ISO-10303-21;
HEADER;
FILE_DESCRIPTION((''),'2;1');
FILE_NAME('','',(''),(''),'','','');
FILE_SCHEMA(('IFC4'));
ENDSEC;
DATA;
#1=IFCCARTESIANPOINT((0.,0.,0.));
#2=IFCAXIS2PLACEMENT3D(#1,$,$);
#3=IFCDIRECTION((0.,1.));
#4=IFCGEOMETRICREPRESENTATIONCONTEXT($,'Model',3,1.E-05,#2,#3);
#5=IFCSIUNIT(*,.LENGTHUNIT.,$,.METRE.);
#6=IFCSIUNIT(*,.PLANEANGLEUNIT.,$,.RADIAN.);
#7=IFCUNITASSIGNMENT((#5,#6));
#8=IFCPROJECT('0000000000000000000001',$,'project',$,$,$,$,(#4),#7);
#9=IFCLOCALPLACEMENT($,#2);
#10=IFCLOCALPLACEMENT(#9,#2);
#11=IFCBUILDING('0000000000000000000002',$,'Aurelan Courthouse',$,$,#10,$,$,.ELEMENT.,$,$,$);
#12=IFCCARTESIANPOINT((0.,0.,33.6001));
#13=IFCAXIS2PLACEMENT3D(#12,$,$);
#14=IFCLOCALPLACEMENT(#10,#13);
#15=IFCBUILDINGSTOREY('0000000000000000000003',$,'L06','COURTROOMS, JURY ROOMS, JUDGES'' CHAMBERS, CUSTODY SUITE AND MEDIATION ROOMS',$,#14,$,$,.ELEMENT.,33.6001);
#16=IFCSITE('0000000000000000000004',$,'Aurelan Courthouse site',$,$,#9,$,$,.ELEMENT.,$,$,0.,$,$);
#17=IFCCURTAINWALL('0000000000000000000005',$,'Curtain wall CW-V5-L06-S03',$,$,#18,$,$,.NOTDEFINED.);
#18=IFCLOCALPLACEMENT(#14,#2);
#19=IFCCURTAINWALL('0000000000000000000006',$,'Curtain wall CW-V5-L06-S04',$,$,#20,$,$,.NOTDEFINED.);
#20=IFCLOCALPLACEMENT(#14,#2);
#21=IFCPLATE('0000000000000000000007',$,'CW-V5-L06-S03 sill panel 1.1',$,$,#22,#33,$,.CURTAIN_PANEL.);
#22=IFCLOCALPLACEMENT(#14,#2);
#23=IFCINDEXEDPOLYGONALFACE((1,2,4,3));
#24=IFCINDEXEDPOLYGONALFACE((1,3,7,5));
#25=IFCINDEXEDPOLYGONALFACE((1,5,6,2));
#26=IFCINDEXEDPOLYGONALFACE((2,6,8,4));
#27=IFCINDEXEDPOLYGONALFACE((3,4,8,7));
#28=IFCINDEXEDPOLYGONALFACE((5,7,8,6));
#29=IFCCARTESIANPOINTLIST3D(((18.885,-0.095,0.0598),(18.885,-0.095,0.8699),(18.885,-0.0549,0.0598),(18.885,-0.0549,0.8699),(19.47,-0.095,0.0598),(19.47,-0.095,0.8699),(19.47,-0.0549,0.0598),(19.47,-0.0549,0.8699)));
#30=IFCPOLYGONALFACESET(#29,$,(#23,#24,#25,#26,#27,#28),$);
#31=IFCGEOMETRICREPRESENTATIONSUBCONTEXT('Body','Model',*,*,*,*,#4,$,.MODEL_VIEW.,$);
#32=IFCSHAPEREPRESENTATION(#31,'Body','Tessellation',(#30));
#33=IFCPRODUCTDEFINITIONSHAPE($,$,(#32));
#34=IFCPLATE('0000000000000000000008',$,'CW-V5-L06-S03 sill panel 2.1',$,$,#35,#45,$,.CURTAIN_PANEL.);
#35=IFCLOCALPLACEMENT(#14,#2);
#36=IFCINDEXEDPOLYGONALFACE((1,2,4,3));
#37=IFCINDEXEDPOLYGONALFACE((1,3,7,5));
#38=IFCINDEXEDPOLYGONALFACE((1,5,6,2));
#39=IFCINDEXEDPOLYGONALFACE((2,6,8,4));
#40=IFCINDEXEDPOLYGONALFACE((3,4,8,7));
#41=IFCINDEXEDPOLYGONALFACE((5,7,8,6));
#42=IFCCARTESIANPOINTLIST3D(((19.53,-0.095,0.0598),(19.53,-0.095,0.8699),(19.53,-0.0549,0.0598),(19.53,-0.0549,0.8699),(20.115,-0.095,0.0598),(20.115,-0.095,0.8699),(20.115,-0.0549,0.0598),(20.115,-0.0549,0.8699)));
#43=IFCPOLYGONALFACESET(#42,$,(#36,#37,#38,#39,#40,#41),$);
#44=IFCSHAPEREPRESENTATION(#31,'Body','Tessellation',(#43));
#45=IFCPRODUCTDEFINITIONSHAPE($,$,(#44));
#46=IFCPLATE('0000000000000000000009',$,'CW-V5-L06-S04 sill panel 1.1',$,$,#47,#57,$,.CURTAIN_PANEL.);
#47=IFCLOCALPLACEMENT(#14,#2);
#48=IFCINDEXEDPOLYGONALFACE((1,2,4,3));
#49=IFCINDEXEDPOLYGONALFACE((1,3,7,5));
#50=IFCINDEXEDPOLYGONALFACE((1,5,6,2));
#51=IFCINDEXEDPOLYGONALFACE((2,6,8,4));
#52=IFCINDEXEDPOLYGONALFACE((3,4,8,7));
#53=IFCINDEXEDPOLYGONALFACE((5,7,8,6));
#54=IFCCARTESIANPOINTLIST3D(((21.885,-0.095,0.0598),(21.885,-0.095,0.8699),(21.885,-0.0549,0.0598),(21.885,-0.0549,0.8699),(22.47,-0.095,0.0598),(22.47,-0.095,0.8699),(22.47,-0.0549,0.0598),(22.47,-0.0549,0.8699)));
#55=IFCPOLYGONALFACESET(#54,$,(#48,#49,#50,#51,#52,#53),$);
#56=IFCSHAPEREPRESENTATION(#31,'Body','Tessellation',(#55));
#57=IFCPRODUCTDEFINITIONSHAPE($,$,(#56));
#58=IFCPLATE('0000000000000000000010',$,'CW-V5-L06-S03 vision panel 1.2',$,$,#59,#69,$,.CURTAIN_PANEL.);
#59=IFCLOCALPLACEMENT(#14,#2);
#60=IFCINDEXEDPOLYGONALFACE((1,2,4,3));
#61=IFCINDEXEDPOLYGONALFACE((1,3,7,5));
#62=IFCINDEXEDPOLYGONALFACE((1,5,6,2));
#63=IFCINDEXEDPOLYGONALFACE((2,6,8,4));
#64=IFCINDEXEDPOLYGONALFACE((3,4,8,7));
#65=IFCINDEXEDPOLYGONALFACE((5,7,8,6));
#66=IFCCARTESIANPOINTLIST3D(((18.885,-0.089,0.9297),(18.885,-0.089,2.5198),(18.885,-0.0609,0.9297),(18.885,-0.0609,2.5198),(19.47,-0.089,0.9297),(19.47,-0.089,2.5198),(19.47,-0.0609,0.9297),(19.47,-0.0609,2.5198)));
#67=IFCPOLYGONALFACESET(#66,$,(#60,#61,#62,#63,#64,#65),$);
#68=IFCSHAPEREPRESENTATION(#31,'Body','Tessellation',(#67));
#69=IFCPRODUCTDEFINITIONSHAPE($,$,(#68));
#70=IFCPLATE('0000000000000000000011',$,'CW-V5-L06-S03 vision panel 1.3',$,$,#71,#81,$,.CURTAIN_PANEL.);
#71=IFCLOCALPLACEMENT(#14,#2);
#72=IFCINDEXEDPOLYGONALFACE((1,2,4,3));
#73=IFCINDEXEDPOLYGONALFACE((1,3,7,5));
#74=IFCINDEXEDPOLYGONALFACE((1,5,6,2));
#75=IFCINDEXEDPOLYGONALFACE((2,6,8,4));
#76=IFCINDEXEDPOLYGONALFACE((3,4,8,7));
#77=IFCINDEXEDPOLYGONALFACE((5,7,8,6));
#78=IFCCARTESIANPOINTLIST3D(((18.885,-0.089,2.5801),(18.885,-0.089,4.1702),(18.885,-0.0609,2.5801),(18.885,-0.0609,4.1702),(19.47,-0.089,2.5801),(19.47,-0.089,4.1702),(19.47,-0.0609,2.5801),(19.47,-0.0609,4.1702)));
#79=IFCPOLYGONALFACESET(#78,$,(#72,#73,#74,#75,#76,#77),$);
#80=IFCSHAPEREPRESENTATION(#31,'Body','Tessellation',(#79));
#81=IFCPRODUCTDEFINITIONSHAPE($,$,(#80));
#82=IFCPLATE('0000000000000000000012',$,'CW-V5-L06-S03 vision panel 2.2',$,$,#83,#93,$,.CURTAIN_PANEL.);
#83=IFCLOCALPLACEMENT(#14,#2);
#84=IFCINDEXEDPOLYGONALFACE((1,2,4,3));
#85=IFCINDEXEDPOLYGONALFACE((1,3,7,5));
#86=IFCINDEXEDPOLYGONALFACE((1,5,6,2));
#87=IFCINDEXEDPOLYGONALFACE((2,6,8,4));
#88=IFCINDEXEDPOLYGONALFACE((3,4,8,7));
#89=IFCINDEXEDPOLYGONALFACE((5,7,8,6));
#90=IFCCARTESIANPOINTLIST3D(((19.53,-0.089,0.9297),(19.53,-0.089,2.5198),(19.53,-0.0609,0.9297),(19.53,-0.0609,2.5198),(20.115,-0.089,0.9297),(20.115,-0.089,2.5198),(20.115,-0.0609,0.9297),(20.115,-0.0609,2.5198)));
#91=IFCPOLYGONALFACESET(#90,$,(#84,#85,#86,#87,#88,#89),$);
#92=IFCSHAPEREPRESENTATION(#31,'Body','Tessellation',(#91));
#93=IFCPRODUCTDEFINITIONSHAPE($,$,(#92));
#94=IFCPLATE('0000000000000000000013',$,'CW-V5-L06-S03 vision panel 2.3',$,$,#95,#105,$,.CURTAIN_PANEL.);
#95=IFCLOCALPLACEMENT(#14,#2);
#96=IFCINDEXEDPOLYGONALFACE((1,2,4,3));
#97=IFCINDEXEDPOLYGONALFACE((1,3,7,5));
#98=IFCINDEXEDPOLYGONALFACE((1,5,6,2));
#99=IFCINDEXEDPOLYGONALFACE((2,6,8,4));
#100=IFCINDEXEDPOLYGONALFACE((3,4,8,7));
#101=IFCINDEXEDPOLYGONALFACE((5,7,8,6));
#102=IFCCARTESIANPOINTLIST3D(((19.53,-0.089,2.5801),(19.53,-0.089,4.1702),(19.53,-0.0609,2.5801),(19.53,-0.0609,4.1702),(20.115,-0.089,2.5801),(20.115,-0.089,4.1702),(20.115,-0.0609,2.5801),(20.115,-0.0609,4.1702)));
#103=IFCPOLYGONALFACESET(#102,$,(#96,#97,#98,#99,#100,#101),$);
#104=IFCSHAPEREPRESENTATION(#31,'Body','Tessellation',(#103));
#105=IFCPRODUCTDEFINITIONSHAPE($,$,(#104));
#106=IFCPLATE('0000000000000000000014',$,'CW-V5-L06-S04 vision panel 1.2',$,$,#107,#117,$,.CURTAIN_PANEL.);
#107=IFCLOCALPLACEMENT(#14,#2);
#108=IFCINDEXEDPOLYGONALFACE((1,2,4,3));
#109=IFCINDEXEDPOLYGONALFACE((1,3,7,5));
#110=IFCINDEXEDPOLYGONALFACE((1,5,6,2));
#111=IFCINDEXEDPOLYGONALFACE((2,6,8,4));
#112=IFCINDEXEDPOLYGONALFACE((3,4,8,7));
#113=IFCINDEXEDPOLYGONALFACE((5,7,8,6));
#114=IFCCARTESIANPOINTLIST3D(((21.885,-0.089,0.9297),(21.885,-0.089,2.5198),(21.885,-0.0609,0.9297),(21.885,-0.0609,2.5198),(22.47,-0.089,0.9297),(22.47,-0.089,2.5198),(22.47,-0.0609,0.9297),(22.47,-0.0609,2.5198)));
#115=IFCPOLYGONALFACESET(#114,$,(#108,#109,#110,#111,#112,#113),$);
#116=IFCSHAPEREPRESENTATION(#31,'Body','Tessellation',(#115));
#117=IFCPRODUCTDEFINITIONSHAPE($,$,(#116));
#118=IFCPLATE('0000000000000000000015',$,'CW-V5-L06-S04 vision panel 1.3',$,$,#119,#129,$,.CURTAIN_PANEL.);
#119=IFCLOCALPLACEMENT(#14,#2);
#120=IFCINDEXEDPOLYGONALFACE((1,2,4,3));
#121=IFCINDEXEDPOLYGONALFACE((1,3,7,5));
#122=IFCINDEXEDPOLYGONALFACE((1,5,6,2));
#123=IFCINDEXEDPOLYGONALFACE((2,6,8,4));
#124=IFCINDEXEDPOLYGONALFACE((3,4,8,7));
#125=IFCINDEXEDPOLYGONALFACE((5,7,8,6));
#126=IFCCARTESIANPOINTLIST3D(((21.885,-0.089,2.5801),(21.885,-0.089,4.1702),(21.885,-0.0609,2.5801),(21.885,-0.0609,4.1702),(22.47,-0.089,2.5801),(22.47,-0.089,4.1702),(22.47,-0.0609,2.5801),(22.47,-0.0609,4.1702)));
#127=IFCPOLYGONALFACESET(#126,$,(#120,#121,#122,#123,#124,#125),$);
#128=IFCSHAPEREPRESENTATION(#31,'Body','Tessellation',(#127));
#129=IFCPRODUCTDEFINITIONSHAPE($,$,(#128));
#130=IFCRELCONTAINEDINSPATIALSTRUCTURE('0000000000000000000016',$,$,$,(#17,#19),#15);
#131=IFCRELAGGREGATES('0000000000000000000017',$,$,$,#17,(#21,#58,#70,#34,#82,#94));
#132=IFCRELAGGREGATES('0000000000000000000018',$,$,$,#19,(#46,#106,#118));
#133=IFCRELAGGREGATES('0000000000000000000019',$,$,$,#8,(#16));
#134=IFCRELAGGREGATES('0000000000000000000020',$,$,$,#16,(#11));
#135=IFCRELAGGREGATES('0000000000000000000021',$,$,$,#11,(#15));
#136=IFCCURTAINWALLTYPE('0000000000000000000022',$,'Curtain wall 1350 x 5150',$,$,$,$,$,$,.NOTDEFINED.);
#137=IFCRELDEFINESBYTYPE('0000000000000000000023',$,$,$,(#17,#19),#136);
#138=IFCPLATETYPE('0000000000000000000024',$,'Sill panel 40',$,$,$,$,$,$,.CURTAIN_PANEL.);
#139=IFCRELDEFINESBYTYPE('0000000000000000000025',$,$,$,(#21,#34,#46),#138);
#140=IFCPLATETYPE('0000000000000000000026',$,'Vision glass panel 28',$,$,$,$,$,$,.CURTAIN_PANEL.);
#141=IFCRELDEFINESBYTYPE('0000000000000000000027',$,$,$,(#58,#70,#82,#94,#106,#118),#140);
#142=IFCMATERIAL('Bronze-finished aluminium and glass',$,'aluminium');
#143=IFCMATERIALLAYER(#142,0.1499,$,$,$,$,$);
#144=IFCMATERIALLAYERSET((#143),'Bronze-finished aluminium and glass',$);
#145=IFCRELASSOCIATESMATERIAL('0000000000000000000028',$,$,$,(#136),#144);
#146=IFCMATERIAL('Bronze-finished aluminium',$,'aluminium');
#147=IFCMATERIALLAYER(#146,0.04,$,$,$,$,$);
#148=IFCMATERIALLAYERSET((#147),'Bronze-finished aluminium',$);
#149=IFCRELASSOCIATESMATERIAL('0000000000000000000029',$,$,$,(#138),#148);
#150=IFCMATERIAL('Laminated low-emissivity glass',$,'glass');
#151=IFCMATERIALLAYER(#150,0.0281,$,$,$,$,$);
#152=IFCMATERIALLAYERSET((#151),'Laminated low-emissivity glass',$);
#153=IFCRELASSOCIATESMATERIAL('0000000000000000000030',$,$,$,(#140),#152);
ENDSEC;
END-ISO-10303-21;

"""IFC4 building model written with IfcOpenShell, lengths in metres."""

from ifc_helpers import new_model, si_unit, direction, frame, origin, origin_2d, place, context, subcontext, project, spatial, rectangle, extrude, material, layer, layer_set, type_object, element, aggregate, save


model = new_model("IFC4")

# Units and contexts
model_context = context("Model", 3, precision=1e-05, world=origin(), true_north=direction((0.0, 1.0)))
body_context = subcontext(model_context, "Body", "Model", "MODEL_VIEW")
ifc_project = project(units=[si_unit("LENGTHUNIT", "METRE"), si_unit("PLANEANGLEUNIT", "RADIAN")], contexts=[model_context])

# Site, building, storey
site_placement = place(None, origin())
site = spatial("IfcSite", under=ifc_project, at=site_placement, Name="Aurelan Courthouse site", CompositionType="ELEMENT", RefElevation=0.0)
building_placement = place(site_placement, origin())
building = spatial("IfcBuilding", under=site, at=building_placement, Name="Aurelan Courthouse", CompositionType="ELEMENT")
storey_placement = place(building_placement, frame((0.0, 0.0, 33.6001)))
storey = spatial("IfcBuildingStorey", under=building, at=storey_placement, Name="L06", Description="COURTROOMS, JURY ROOMS, JUDGES' CHAMBERS, CUSTODY SUITE AND MEDIATION ROOMS", CompositionType="ELEMENT", Elevation=33.6001)

# Curtain walls
ifc_material_1 = material(Name="Bronze-finished aluminium and glass", Category="aluminium")
ifc_layer_1 = layer(ifc_material_1, 0.1499)
ifc_layer_set_1 = layer_set([ifc_layer_1], Name="Bronze-finished aluminium and glass")
curtain_wall_type = type_object("IfcCurtainWallType", Name="Curtain wall 1350 x 5150", PredefinedType="NOTDEFINED", material=ifc_layer_set_1)
curtain_wall_1_placement = place(storey_placement, origin())
curtain_wall_1 = element("IfcCurtainWall", 1, at=curtain_wall_1_placement, inside=storey, type_object=curtain_wall_type, Name="Curtain wall CW-V5-L06-S03", PredefinedType="NOTDEFINED")
ifc_material_2 = material(Name="Bronze-finished aluminium", Category="aluminium")
curtain_wall_2_placement = place(storey_placement, origin())
curtain_wall_2 = element("IfcCurtainWall", 2, at=curtain_wall_2_placement, inside=storey, type_object=curtain_wall_type, Name="Curtain wall CW-V5-L06-S04", PredefinedType="NOTDEFINED")

# Plates
ifc_layer_2 = layer(ifc_material_2, 0.04)
ifc_layer_set_2 = layer_set([ifc_layer_2], Name="Bronze-finished aluminium")
plate_type_1 = type_object("IfcPlateType", Name="Sill panel 40", PredefinedType="CURTAIN_PANEL", material=ifc_layer_set_2)
plate_1_placement = place(storey_placement, frame((19.1775, -0.075, 0.0598), z_axis=(0.0, 0.0, 1.0), x_axis=(1.0, 0.0, 0.0)))
plate_1 = element("IfcPlate", 3, at=plate_1_placement, type_object=plate_type_1, Name="CW-V5-L06-S03 sill panel 1.1", PredefinedType="CURTAIN_PANEL", context=body_context, shape_type="SweptSolid", body=[
    extrude(rectangle(XDim=0.585, YDim=0.04, at=origin_2d()), origin(), (0.0, 0.0, 1.0), 0.8101),
])
plate_2_placement = place(storey_placement, frame((19.8225, -0.075, 0.0598), z_axis=(0.0, 0.0, 1.0), x_axis=(1.0, 0.0, 0.0)))
plate_2 = element("IfcPlate", 4, at=plate_2_placement, type_object=plate_type_1, Name="CW-V5-L06-S03 sill panel 2.1", PredefinedType="CURTAIN_PANEL", context=body_context, shape_type="SweptSolid", body=[
    extrude(rectangle(XDim=0.585, YDim=0.04, at=origin_2d()), origin(), (0.0, 0.0, 1.0), 0.8101),
])
plate_3_placement = place(storey_placement, frame((22.1775, -0.075, 0.0598), z_axis=(0.0, 0.0, 1.0), x_axis=(1.0, 0.0, 0.0)))
plate_3 = element("IfcPlate", 5, at=plate_3_placement, type_object=plate_type_1, Name="CW-V5-L06-S04 sill panel 1.1", PredefinedType="CURTAIN_PANEL", context=body_context, shape_type="SweptSolid", body=[
    extrude(rectangle(XDim=0.585, YDim=0.04, at=origin_2d()), origin(), (0.0, 0.0, 1.0), 0.8101),
])
ifc_material_3 = material(Name="Laminated low-emissivity glass", Category="glass")
ifc_layer_3 = layer(ifc_material_3, 0.0281)
ifc_layer_set_3 = layer_set([ifc_layer_3], Name="Laminated low-emissivity glass")
plate_type_2 = type_object("IfcPlateType", Name="Vision glass panel 28", PredefinedType="CURTAIN_PANEL", material=ifc_layer_set_3)
plate_4_placement = place(storey_placement, frame((19.1775, -0.075, 0.9297), z_axis=(0.0, 0.0, 1.0), x_axis=(1.0, 0.0, 0.0)))
plate_4 = element("IfcPlate", 6, at=plate_4_placement, type_object=plate_type_2, Name="CW-V5-L06-S03 vision panel 1.2", PredefinedType="CURTAIN_PANEL", context=body_context, shape_type="SweptSolid", body=[
    extrude(rectangle(XDim=0.585, YDim=0.0281, at=origin_2d()), origin(), (0.0, 0.0, 1.0), 1.5901),
])
plate_5_placement = place(storey_placement, frame((19.1775, -0.075, 2.5801), z_axis=(0.0, 0.0, 1.0), x_axis=(1.0, 0.0, 0.0)))
plate_5 = element("IfcPlate", 7, at=plate_5_placement, type_object=plate_type_2, Name="CW-V5-L06-S03 vision panel 1.3", PredefinedType="CURTAIN_PANEL", context=body_context, shape_type="SweptSolid", body=[
    extrude(rectangle(XDim=0.585, YDim=0.0281, at=origin_2d()), origin(), (0.0, 0.0, 1.0), 1.5901),
])
plate_6_placement = place(storey_placement, frame((19.8225, -0.075, 0.9297), z_axis=(0.0, 0.0, 1.0), x_axis=(1.0, 0.0, 0.0)))
plate_6 = element("IfcPlate", 8, at=plate_6_placement, type_object=plate_type_2, Name="CW-V5-L06-S03 vision panel 2.2", PredefinedType="CURTAIN_PANEL", context=body_context, shape_type="SweptSolid", body=[
    extrude(rectangle(XDim=0.585, YDim=0.0281, at=origin_2d()), origin(), (0.0, 0.0, 1.0), 1.5901),
])
plate_7_placement = place(storey_placement, frame((19.8225, -0.075, 2.5801), z_axis=(0.0, 0.0, 1.0), x_axis=(1.0, 0.0, 0.0)))
plate_7 = element("IfcPlate", 9, at=plate_7_placement, type_object=plate_type_2, Name="CW-V5-L06-S03 vision panel 2.3", PredefinedType="CURTAIN_PANEL", context=body_context, shape_type="SweptSolid", body=[
    extrude(rectangle(XDim=0.585, YDim=0.0281, at=origin_2d()), origin(), (0.0, 0.0, 1.0), 1.5901),
])
aggregate(curtain_wall_1, [plate_1, plate_4, plate_5, plate_2, plate_6, plate_7])
plate_8_placement = place(storey_placement, frame((22.1775, -0.075, 0.9297), z_axis=(0.0, 0.0, 1.0), x_axis=(1.0, 0.0, 0.0)))
plate_8 = element("IfcPlate", 10, at=plate_8_placement, type_object=plate_type_2, Name="CW-V5-L06-S04 vision panel 1.2", PredefinedType="CURTAIN_PANEL", context=body_context, shape_type="SweptSolid", body=[
    extrude(rectangle(XDim=0.585, YDim=0.0281, at=origin_2d()), origin(), (0.0, 0.0, 1.0), 1.5901),
])
plate_9_placement = place(storey_placement, frame((22.1775, -0.075, 2.5801), z_axis=(0.0, 0.0, 1.0), x_axis=(1.0, 0.0, 0.0)))
plate_9 = element("IfcPlate", 11, at=plate_9_placement, type_object=plate_type_2, Name="CW-V5-L06-S04 vision panel 1.3", PredefinedType="CURTAIN_PANEL", context=body_context, shape_type="SweptSolid", body=[
    extrude(rectangle(XDim=0.585, YDim=0.0281, at=origin_2d()), origin(), (0.0, 0.0, 1.0), 1.5901),
])
aggregate(curtain_wall_2, [plate_3, plate_8, plate_9])

save(model, "model.ifc")
